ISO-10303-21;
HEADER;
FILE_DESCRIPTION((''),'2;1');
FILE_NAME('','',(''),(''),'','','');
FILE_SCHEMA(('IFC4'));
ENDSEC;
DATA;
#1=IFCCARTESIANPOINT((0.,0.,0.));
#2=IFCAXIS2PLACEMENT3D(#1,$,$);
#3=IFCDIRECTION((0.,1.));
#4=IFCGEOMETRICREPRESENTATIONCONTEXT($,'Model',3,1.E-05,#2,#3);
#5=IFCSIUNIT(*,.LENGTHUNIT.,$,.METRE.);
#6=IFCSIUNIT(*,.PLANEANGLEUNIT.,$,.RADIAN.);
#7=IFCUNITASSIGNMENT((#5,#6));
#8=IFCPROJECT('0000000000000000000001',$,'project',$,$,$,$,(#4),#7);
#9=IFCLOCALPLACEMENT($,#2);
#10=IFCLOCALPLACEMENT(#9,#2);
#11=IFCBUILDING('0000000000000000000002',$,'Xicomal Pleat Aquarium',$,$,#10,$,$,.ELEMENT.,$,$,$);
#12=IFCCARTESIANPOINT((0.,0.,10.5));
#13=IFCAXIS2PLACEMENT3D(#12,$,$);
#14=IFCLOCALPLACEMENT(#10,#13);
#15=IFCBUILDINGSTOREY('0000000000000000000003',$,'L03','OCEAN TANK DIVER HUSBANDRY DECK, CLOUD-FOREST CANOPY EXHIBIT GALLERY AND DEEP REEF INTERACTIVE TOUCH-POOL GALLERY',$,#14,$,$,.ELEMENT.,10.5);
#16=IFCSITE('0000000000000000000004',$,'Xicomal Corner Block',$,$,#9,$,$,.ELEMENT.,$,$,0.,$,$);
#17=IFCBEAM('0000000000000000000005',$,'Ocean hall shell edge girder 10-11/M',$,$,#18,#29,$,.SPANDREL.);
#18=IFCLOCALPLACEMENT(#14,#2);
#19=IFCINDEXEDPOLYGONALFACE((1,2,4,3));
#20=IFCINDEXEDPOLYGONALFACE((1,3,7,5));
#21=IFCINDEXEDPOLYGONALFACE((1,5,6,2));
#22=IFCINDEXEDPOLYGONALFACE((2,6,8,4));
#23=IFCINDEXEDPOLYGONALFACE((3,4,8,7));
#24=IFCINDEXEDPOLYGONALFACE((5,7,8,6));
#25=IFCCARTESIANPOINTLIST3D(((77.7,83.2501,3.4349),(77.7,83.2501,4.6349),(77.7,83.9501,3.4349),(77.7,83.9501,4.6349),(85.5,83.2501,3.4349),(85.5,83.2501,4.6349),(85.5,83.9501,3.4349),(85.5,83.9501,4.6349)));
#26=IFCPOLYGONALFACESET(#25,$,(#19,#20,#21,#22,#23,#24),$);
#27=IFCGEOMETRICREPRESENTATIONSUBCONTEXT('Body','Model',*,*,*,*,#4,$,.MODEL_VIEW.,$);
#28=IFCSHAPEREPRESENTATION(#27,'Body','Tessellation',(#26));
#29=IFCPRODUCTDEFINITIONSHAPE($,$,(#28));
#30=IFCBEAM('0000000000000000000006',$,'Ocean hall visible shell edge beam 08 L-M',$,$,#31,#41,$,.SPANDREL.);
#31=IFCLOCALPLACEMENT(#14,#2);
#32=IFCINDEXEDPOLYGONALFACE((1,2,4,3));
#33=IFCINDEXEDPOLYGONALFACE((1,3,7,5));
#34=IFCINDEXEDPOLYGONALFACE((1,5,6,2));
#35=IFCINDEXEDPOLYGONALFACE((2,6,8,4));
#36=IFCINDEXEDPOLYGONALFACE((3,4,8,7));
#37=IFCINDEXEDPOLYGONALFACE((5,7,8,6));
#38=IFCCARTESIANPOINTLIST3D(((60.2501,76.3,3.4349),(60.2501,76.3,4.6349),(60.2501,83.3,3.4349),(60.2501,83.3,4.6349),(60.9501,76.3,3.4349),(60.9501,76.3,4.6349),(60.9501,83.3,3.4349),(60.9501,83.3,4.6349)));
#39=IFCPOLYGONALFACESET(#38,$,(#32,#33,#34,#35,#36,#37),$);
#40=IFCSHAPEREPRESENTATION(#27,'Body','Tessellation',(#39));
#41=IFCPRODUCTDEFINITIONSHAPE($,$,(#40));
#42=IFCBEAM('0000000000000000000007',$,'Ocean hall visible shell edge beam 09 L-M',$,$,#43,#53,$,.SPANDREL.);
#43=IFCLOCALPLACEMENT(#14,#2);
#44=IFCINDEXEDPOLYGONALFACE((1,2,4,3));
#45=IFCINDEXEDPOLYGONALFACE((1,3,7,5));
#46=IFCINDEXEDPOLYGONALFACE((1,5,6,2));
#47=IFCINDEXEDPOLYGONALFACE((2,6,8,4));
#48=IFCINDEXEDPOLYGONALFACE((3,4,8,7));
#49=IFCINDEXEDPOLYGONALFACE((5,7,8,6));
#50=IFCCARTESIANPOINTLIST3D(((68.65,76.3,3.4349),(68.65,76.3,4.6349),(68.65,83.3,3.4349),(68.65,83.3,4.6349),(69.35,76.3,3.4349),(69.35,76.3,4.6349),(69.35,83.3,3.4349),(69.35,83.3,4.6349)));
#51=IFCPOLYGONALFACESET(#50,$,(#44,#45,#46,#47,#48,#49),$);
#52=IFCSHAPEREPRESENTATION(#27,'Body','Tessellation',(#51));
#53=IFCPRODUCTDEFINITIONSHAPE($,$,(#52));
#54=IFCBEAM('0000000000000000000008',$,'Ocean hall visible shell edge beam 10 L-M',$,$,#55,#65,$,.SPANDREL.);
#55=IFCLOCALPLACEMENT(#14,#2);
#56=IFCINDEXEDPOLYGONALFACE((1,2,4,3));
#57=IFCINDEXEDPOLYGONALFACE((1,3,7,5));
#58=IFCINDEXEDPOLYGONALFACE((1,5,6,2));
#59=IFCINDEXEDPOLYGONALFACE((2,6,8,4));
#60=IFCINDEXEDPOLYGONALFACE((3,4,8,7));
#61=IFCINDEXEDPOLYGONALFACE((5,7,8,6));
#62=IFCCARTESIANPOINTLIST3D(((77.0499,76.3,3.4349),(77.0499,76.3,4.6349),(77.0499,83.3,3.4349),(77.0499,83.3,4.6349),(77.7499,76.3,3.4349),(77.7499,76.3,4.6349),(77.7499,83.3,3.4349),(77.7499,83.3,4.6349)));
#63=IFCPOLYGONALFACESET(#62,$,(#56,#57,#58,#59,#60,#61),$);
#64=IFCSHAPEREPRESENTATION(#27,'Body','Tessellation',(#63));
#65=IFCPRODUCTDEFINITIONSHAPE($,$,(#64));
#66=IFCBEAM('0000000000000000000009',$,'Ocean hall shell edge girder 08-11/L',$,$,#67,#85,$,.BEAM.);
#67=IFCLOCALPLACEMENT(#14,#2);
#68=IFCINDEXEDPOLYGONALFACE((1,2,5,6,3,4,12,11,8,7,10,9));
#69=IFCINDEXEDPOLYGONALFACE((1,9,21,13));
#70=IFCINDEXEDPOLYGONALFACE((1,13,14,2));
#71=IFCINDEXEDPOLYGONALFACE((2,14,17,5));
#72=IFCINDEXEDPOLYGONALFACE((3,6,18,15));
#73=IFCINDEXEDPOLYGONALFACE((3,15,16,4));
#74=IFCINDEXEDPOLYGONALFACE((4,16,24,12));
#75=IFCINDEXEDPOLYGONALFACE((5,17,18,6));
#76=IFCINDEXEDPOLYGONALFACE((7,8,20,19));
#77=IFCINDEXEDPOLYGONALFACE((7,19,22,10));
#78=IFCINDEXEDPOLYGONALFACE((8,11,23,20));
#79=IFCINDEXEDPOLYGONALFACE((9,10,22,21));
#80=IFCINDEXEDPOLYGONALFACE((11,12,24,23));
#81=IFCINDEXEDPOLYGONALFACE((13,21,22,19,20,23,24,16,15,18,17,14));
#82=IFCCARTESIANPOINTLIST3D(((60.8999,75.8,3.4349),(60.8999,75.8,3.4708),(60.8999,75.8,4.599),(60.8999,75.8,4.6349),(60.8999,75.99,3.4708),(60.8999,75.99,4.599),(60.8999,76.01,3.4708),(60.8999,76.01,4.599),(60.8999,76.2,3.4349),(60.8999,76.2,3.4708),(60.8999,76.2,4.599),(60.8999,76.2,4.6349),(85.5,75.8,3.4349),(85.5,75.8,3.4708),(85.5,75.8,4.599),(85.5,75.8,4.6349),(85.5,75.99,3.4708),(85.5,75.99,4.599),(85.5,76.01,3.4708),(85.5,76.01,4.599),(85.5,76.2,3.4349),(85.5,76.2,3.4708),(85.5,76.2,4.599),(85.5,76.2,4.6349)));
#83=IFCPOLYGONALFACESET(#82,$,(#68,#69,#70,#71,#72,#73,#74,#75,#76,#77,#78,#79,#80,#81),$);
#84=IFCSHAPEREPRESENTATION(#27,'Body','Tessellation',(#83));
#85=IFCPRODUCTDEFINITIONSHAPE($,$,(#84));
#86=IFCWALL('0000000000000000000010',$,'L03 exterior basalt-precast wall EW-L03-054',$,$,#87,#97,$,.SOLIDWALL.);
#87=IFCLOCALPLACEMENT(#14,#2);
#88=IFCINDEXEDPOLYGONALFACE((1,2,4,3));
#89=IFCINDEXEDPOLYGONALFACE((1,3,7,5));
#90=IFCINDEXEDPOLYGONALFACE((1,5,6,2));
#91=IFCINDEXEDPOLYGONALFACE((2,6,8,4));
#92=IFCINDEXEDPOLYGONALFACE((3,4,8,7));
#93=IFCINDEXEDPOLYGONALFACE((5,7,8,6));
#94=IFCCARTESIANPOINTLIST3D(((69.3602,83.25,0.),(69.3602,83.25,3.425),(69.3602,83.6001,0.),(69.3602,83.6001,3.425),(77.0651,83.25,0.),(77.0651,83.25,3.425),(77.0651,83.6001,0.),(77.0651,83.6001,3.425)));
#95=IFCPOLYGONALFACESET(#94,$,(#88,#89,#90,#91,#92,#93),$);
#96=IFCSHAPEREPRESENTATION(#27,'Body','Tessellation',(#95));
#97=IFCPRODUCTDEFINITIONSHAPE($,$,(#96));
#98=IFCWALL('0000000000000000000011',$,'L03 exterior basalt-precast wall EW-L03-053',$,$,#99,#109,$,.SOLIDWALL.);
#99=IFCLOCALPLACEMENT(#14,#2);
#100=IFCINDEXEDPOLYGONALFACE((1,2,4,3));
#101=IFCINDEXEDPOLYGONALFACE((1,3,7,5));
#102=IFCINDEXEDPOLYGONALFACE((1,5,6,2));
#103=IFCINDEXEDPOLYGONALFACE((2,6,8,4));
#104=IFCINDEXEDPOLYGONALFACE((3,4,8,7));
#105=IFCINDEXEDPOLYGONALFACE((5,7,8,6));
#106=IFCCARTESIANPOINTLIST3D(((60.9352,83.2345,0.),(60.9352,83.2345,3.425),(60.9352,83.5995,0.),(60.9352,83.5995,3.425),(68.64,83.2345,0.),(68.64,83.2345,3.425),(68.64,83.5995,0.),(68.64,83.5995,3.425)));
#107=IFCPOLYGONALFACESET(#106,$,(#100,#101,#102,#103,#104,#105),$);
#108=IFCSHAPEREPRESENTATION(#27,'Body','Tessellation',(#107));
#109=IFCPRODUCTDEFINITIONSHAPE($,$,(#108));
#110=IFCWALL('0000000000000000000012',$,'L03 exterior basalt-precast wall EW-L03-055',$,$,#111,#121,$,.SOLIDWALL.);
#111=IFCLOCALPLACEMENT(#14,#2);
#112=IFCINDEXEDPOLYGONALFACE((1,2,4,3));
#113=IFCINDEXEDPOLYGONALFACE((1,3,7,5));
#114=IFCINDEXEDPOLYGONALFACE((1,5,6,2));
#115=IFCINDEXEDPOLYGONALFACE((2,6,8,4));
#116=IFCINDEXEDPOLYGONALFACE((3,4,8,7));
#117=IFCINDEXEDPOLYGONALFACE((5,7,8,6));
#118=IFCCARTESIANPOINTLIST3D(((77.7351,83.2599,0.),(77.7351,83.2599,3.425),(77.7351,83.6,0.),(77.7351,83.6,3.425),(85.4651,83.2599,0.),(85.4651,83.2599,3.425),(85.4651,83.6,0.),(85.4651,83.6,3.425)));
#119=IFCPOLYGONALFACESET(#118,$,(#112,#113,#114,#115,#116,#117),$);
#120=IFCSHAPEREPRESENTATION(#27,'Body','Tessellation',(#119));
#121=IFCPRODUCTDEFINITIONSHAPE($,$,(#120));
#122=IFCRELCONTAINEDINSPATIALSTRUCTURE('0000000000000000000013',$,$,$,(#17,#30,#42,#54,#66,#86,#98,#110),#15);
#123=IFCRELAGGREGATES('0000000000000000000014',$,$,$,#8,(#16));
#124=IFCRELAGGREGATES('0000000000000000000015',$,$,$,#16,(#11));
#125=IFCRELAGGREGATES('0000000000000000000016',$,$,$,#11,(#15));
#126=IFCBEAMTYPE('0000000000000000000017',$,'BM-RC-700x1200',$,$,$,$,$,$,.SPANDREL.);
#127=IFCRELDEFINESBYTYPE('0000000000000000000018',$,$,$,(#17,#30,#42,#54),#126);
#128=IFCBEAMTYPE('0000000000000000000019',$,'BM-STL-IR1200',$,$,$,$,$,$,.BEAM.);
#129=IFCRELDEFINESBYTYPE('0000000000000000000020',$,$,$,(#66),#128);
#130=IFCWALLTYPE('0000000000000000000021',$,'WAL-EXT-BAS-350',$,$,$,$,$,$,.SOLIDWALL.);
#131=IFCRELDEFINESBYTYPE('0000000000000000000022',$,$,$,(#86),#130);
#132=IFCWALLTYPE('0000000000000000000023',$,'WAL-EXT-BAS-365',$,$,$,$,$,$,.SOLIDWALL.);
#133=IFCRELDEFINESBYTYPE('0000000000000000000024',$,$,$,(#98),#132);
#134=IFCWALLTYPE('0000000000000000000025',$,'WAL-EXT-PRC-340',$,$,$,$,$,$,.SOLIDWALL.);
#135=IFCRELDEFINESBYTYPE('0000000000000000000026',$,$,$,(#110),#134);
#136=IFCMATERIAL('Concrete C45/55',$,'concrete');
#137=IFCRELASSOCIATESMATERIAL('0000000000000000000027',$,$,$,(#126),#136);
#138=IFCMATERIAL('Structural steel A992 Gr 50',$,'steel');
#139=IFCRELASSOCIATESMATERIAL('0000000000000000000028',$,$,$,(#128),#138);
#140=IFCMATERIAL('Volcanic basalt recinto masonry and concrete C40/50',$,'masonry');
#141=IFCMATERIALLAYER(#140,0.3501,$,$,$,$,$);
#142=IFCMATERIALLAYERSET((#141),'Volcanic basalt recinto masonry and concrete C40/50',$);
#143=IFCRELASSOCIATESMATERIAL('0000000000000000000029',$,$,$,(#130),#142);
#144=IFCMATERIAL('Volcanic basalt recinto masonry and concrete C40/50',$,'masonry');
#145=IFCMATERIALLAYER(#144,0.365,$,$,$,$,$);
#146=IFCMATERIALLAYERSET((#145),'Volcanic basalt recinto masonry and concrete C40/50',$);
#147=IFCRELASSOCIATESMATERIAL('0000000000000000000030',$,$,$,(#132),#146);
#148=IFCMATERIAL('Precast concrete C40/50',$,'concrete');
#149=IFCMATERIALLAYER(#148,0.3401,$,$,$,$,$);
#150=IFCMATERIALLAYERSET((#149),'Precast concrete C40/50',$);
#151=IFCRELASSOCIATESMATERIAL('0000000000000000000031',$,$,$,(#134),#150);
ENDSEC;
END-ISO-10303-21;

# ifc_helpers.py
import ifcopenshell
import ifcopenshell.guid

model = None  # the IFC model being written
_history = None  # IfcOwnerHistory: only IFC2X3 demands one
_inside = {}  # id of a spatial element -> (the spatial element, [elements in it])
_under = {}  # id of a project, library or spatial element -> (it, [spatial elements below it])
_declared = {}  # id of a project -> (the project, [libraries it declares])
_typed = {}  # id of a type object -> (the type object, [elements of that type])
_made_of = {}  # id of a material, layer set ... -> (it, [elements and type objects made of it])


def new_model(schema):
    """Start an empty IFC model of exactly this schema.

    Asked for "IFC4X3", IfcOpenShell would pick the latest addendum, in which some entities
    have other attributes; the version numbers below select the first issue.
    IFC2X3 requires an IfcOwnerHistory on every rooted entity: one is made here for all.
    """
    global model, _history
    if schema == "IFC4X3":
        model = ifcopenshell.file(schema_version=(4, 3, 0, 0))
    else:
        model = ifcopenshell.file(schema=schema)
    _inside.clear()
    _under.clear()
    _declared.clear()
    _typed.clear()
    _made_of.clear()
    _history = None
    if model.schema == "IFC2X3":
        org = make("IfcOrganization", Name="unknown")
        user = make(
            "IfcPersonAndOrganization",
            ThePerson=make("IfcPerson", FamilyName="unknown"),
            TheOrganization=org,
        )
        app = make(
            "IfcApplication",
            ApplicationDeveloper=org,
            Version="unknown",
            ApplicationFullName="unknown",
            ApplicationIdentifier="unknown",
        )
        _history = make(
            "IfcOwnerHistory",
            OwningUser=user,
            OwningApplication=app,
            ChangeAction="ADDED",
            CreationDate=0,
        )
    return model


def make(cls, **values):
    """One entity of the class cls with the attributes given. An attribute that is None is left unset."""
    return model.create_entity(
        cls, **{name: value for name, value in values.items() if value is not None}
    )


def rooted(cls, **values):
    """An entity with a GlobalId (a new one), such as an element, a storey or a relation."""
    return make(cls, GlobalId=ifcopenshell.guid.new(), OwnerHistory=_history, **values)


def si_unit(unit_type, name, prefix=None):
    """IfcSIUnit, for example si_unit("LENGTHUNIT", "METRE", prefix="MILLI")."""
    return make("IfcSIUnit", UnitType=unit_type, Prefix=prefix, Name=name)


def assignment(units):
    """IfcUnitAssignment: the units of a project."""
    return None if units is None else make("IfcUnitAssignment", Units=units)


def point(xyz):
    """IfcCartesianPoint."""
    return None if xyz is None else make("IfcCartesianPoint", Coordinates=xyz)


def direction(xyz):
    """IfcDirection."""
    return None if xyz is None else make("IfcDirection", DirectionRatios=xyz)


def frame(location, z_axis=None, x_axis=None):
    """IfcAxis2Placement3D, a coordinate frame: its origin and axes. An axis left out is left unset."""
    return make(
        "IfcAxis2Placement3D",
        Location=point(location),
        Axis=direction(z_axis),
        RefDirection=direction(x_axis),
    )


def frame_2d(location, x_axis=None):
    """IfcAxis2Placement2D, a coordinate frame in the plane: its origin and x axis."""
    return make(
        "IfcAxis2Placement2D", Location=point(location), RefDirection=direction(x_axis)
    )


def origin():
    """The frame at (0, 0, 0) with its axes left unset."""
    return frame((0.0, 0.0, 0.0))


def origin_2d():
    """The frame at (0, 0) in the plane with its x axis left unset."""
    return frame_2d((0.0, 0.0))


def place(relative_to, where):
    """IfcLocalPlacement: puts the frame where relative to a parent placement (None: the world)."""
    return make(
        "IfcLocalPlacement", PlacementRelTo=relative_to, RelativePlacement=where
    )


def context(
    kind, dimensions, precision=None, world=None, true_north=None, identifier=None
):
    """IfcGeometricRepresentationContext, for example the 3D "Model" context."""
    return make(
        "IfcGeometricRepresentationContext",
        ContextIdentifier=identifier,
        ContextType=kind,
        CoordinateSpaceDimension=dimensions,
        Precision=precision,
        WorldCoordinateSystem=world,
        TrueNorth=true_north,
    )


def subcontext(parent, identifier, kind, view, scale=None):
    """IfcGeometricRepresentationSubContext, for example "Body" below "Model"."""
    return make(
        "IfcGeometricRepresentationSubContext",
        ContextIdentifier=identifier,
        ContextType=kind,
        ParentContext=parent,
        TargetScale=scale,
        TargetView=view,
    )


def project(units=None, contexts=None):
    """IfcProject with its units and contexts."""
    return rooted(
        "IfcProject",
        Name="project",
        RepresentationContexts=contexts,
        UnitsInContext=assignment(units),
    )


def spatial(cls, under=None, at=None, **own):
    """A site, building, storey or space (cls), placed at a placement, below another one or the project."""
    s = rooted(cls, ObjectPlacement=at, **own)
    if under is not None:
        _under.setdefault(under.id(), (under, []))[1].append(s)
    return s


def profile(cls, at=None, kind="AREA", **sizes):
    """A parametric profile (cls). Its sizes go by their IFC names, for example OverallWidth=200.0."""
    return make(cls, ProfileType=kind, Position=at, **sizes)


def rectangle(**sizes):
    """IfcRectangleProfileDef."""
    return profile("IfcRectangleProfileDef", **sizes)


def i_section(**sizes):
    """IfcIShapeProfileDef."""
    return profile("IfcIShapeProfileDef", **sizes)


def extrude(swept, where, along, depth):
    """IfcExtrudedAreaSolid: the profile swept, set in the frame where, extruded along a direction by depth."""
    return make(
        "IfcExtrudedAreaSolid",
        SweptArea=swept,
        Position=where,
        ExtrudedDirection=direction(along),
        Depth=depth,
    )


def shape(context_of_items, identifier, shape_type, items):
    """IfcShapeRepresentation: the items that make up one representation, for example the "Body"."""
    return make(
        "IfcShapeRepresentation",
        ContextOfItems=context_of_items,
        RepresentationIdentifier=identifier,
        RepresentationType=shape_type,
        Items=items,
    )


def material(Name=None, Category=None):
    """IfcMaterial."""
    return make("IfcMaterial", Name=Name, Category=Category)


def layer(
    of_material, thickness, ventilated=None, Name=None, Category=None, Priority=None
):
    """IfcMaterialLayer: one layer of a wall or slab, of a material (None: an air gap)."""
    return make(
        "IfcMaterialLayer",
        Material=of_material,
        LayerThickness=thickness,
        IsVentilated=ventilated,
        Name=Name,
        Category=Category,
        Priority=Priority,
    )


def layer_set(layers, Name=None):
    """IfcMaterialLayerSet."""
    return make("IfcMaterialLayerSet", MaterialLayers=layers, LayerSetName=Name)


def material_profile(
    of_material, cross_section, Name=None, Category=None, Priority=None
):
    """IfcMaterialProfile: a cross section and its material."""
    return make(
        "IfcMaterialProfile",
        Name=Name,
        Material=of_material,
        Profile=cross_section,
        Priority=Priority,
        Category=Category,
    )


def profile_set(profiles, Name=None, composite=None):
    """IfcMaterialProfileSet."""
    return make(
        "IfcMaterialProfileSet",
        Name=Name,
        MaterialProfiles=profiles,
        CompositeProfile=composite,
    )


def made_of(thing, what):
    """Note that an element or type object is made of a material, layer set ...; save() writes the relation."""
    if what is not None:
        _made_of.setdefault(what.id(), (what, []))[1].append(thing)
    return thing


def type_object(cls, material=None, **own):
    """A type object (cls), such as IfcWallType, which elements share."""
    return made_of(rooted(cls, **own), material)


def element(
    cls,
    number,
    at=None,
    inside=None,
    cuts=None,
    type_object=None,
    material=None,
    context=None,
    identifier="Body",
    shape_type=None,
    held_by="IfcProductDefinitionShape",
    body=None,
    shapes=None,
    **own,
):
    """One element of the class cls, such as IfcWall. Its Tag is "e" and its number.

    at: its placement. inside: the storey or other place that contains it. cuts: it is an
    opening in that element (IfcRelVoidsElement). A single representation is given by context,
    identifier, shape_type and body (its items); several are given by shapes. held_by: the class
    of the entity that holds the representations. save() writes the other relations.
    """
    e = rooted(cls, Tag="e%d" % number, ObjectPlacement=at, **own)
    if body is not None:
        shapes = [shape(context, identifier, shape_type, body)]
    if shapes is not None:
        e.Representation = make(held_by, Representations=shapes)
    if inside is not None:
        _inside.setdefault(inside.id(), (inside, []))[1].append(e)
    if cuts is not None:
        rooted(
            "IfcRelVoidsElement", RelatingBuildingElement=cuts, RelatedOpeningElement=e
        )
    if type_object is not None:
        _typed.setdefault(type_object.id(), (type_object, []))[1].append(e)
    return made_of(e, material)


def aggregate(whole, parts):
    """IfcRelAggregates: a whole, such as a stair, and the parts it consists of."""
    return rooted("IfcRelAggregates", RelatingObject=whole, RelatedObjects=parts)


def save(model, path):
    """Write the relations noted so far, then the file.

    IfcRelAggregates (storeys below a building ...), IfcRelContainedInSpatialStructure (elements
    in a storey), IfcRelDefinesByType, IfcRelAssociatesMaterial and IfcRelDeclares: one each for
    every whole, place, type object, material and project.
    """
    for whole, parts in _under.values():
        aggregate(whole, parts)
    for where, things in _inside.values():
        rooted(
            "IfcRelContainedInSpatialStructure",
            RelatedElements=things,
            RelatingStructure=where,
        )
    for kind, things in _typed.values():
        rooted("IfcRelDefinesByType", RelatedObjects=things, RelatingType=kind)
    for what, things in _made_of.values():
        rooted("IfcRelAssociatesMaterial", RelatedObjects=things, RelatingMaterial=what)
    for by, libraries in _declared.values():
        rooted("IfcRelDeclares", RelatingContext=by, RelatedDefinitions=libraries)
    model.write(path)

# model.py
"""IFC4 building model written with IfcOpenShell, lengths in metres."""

from ifc_helpers import new_model, si_unit, direction, frame, frame_2d, origin, origin_2d, place, context, subcontext, project, spatial, rectangle, i_section, extrude, material, layer, layer_set, material_profile, profile_set, type_object, element, save


model = new_model("IFC4")

# Units and contexts
model_context = context("Model", 3, precision=1e-05, world=origin(), true_north=direction((0.0, 1.0)))
body_context = subcontext(model_context, "Body", "Model", "MODEL_VIEW")
ifc_project = project(units=[si_unit("LENGTHUNIT", "METRE"), si_unit("PLANEANGLEUNIT", "RADIAN")], contexts=[model_context])

# Site, building, storey
site_placement = place(None, origin())
site = spatial("IfcSite", under=ifc_project, at=site_placement, Name="Xicomal Corner Block", CompositionType="ELEMENT", RefElevation=0.0)
building_placement = place(site_placement, origin())
building = spatial("IfcBuilding", under=site, at=building_placement, Name="Xicomal Pleat Aquarium", CompositionType="ELEMENT")
storey_placement = place(building_placement, frame((0.0, 0.0, 10.5)))
storey = spatial("IfcBuildingStorey", under=building, at=storey_placement, Name="L03", Description="OCEAN TANK DIVER HUSBANDRY DECK, CLOUD-FOREST CANOPY EXHIBIT GALLERY AND DEEP REEF INTERACTIVE TOUCH-POOL GALLERY", CompositionType="ELEMENT", Elevation=10.5)

# Beams
ifc_material_1 = material(Name="Concrete C45/55", Category="concrete")
ifc_material_profile_1 = material_profile(ifc_material_1, rectangle(XDim=0.7, YDim=1.2, at=origin_2d()), Name="RC 700x1200")
ifc_profile_set_1 = profile_set([ifc_material_profile_1], Name="Concrete C45/55")
beam_type_1 = type_object("IfcBeamType", Name="BM-RC-700x1200", PredefinedType="SPANDREL", material=ifc_profile_set_1)
for number, where, z_axis, x_axis, name in (
    (1, (77.7, 83.6001, 4.0349), (1.0, 0.0, 0.0), (0.0, 1.0, 0.0), "Ocean hall shell edge girder 10-11/M"),
):
    element("IfcBeam", number, at=place(storey_placement, frame(where, z_axis=z_axis, x_axis=x_axis)), inside=storey, type_object=beam_type_1, Name=name, PredefinedType="SPANDREL", context=body_context, shape_type="SweptSolid", body=[
        extrude(rectangle(XDim=0.7, YDim=1.2, at=origin_2d()), origin(), (0.0, 0.0, 1.0), 7.8),
    ])
for number, where, z_axis, x_axis, name in (
    (2, (60.6001, 76.3, 4.0349), (0.0, 1.0, 0.0), (-1.0, 0.0, 0.0), "Ocean hall visible shell edge beam 08 L-M"),
    (3, (69.0, 76.3, 4.0349), (0.0, 1.0, 0.0), (-1.0, 0.0, 0.0), "Ocean hall visible shell edge beam 09 L-M"),
    (4, (77.3999, 76.3, 4.0349), (0.0, 1.0, 0.0), (-1.0, 0.0, 0.0), "Ocean hall visible shell edge beam 10 L-M"),
):
    element("IfcBeam", number, at=place(storey_placement, frame(where, z_axis=z_axis, x_axis=x_axis)), inside=storey, type_object=beam_type_1, Name=name, PredefinedType="SPANDREL", context=body_context, shape_type="SweptSolid", body=[
        extrude(rectangle(XDim=0.7, YDim=1.2, at=origin_2d()), origin(), (0.0, 0.0, 1.0), 7.0),
    ])
ifc_material_2 = material(Name="Structural steel A992 Gr 50", Category="steel")
ifc_material_profile_2 = material_profile(ifc_material_2, i_section(OverallWidth=0.3999, OverallDepth=1.2, WebThickness=0.02, FlangeThickness=0.0359, at=origin_2d()), Name="IR 1200x412")
ifc_profile_set_2 = profile_set([ifc_material_profile_2], Name="Structural steel A992 Gr 50")
beam_type_2 = type_object("IfcBeamType", Name="BM-STL-IR1200", PredefinedType="BEAM", material=ifc_profile_set_2)
beam_placement = place(storey_placement, frame((60.8999, 76.0, 4.0349), z_axis=(1.0, 0.0, 0.0), x_axis=(0.0, 1.0, 0.0)))
element("IfcBeam", 5, at=beam_placement, inside=storey, type_object=beam_type_2, Name="Ocean hall shell edge girder 08-11/L", PredefinedType="BEAM", context=body_context, shape_type="SweptSolid", body=[
    extrude(i_section(OverallWidth=0.3999, OverallDepth=1.2, WebThickness=0.02, FlangeThickness=0.0359, at=origin_2d()), origin(), (0.0, 0.0, 1.0), 24.6001),
])

# Walls
ifc_material_3 = material(Name="Volcanic basalt recinto masonry and concrete C40/50", Category="masonry")
ifc_layer_1 = layer(ifc_material_3, 0.3501)
ifc_layer_set_1 = layer_set([ifc_layer_1], Name="Volcanic basalt recinto masonry and concrete C40/50")
wall_type_1 = type_object("IfcWallType", Name="WAL-EXT-BAS-350", PredefinedType="SOLIDWALL", material=ifc_layer_set_1)
wall_1_placement = place(storey_placement, frame((69.3601, 83.425, 0.0), z_axis=(0.0, 0.0, 1.0), x_axis=(1.0, 0.0, 0.0)))
element("IfcWall", 6, at=wall_1_placement, inside=storey, type_object=wall_type_1, Name="L03 exterior basalt-precast wall EW-L03-054", PredefinedType="SOLIDWALL", context=body_context, shape_type="SweptSolid", body=[
    extrude(rectangle(XDim=7.7048, YDim=0.3501, at=frame_2d((3.8525, 0.0))), origin(), (0.0, 0.0, 1.0), 3.425),
])
ifc_material_4 = material(Name="Volcanic basalt recinto masonry and concrete C40/50", Category="masonry")
ifc_layer_2 = layer(ifc_material_4, 0.365)
ifc_layer_set_2 = layer_set([ifc_layer_2], Name="Volcanic basalt recinto masonry and concrete C40/50")
wall_type_2 = type_object("IfcWallType", Name="WAL-EXT-BAS-365", PredefinedType="SOLIDWALL", material=ifc_layer_set_2)
wall_2_placement = place(storey_placement, frame((60.9351, 83.417, 0.0), z_axis=(0.0, 0.0, 1.0), x_axis=(1.0, 0.0, 0.0)))
element("IfcWall", 7, at=wall_2_placement, inside=storey, type_object=wall_type_2, Name="L03 exterior basalt-precast wall EW-L03-053", PredefinedType="SOLIDWALL", context=body_context, shape_type="SweptSolid", body=[
    extrude(rectangle(XDim=7.7048, YDim=0.365, at=frame_2d((3.8525, 0.0))), origin(), (0.0, 0.0, 1.0), 3.425),
])
ifc_material_5 = material(Name="Precast concrete C40/50", Category="concrete")
ifc_layer_3 = layer(ifc_material_5, 0.3401)
ifc_layer_set_3 = layer_set([ifc_layer_3], Name="Precast concrete C40/50")
wall_type_3 = type_object("IfcWallType", Name="WAL-EXT-PRC-340", PredefinedType="SOLIDWALL", material=ifc_layer_set_3)
wall_3_placement = place(storey_placement, frame((77.7351, 83.4299, 0.0), z_axis=(0.0, 0.0, 1.0), x_axis=(1.0, 0.0, 0.0)))
element("IfcWall", 8, at=wall_3_placement, inside=storey, type_object=wall_type_3, Name="L03 exterior basalt-precast wall EW-L03-055", PredefinedType="SOLIDWALL", context=body_context, shape_type="SweptSolid", body=[
    extrude(rectangle(XDim=7.73, YDim=0.3401, at=frame_2d((3.865, 0.0))), origin(), (0.0, 0.0, 1.0), 3.425),
])

save(model, "model.ifc")
